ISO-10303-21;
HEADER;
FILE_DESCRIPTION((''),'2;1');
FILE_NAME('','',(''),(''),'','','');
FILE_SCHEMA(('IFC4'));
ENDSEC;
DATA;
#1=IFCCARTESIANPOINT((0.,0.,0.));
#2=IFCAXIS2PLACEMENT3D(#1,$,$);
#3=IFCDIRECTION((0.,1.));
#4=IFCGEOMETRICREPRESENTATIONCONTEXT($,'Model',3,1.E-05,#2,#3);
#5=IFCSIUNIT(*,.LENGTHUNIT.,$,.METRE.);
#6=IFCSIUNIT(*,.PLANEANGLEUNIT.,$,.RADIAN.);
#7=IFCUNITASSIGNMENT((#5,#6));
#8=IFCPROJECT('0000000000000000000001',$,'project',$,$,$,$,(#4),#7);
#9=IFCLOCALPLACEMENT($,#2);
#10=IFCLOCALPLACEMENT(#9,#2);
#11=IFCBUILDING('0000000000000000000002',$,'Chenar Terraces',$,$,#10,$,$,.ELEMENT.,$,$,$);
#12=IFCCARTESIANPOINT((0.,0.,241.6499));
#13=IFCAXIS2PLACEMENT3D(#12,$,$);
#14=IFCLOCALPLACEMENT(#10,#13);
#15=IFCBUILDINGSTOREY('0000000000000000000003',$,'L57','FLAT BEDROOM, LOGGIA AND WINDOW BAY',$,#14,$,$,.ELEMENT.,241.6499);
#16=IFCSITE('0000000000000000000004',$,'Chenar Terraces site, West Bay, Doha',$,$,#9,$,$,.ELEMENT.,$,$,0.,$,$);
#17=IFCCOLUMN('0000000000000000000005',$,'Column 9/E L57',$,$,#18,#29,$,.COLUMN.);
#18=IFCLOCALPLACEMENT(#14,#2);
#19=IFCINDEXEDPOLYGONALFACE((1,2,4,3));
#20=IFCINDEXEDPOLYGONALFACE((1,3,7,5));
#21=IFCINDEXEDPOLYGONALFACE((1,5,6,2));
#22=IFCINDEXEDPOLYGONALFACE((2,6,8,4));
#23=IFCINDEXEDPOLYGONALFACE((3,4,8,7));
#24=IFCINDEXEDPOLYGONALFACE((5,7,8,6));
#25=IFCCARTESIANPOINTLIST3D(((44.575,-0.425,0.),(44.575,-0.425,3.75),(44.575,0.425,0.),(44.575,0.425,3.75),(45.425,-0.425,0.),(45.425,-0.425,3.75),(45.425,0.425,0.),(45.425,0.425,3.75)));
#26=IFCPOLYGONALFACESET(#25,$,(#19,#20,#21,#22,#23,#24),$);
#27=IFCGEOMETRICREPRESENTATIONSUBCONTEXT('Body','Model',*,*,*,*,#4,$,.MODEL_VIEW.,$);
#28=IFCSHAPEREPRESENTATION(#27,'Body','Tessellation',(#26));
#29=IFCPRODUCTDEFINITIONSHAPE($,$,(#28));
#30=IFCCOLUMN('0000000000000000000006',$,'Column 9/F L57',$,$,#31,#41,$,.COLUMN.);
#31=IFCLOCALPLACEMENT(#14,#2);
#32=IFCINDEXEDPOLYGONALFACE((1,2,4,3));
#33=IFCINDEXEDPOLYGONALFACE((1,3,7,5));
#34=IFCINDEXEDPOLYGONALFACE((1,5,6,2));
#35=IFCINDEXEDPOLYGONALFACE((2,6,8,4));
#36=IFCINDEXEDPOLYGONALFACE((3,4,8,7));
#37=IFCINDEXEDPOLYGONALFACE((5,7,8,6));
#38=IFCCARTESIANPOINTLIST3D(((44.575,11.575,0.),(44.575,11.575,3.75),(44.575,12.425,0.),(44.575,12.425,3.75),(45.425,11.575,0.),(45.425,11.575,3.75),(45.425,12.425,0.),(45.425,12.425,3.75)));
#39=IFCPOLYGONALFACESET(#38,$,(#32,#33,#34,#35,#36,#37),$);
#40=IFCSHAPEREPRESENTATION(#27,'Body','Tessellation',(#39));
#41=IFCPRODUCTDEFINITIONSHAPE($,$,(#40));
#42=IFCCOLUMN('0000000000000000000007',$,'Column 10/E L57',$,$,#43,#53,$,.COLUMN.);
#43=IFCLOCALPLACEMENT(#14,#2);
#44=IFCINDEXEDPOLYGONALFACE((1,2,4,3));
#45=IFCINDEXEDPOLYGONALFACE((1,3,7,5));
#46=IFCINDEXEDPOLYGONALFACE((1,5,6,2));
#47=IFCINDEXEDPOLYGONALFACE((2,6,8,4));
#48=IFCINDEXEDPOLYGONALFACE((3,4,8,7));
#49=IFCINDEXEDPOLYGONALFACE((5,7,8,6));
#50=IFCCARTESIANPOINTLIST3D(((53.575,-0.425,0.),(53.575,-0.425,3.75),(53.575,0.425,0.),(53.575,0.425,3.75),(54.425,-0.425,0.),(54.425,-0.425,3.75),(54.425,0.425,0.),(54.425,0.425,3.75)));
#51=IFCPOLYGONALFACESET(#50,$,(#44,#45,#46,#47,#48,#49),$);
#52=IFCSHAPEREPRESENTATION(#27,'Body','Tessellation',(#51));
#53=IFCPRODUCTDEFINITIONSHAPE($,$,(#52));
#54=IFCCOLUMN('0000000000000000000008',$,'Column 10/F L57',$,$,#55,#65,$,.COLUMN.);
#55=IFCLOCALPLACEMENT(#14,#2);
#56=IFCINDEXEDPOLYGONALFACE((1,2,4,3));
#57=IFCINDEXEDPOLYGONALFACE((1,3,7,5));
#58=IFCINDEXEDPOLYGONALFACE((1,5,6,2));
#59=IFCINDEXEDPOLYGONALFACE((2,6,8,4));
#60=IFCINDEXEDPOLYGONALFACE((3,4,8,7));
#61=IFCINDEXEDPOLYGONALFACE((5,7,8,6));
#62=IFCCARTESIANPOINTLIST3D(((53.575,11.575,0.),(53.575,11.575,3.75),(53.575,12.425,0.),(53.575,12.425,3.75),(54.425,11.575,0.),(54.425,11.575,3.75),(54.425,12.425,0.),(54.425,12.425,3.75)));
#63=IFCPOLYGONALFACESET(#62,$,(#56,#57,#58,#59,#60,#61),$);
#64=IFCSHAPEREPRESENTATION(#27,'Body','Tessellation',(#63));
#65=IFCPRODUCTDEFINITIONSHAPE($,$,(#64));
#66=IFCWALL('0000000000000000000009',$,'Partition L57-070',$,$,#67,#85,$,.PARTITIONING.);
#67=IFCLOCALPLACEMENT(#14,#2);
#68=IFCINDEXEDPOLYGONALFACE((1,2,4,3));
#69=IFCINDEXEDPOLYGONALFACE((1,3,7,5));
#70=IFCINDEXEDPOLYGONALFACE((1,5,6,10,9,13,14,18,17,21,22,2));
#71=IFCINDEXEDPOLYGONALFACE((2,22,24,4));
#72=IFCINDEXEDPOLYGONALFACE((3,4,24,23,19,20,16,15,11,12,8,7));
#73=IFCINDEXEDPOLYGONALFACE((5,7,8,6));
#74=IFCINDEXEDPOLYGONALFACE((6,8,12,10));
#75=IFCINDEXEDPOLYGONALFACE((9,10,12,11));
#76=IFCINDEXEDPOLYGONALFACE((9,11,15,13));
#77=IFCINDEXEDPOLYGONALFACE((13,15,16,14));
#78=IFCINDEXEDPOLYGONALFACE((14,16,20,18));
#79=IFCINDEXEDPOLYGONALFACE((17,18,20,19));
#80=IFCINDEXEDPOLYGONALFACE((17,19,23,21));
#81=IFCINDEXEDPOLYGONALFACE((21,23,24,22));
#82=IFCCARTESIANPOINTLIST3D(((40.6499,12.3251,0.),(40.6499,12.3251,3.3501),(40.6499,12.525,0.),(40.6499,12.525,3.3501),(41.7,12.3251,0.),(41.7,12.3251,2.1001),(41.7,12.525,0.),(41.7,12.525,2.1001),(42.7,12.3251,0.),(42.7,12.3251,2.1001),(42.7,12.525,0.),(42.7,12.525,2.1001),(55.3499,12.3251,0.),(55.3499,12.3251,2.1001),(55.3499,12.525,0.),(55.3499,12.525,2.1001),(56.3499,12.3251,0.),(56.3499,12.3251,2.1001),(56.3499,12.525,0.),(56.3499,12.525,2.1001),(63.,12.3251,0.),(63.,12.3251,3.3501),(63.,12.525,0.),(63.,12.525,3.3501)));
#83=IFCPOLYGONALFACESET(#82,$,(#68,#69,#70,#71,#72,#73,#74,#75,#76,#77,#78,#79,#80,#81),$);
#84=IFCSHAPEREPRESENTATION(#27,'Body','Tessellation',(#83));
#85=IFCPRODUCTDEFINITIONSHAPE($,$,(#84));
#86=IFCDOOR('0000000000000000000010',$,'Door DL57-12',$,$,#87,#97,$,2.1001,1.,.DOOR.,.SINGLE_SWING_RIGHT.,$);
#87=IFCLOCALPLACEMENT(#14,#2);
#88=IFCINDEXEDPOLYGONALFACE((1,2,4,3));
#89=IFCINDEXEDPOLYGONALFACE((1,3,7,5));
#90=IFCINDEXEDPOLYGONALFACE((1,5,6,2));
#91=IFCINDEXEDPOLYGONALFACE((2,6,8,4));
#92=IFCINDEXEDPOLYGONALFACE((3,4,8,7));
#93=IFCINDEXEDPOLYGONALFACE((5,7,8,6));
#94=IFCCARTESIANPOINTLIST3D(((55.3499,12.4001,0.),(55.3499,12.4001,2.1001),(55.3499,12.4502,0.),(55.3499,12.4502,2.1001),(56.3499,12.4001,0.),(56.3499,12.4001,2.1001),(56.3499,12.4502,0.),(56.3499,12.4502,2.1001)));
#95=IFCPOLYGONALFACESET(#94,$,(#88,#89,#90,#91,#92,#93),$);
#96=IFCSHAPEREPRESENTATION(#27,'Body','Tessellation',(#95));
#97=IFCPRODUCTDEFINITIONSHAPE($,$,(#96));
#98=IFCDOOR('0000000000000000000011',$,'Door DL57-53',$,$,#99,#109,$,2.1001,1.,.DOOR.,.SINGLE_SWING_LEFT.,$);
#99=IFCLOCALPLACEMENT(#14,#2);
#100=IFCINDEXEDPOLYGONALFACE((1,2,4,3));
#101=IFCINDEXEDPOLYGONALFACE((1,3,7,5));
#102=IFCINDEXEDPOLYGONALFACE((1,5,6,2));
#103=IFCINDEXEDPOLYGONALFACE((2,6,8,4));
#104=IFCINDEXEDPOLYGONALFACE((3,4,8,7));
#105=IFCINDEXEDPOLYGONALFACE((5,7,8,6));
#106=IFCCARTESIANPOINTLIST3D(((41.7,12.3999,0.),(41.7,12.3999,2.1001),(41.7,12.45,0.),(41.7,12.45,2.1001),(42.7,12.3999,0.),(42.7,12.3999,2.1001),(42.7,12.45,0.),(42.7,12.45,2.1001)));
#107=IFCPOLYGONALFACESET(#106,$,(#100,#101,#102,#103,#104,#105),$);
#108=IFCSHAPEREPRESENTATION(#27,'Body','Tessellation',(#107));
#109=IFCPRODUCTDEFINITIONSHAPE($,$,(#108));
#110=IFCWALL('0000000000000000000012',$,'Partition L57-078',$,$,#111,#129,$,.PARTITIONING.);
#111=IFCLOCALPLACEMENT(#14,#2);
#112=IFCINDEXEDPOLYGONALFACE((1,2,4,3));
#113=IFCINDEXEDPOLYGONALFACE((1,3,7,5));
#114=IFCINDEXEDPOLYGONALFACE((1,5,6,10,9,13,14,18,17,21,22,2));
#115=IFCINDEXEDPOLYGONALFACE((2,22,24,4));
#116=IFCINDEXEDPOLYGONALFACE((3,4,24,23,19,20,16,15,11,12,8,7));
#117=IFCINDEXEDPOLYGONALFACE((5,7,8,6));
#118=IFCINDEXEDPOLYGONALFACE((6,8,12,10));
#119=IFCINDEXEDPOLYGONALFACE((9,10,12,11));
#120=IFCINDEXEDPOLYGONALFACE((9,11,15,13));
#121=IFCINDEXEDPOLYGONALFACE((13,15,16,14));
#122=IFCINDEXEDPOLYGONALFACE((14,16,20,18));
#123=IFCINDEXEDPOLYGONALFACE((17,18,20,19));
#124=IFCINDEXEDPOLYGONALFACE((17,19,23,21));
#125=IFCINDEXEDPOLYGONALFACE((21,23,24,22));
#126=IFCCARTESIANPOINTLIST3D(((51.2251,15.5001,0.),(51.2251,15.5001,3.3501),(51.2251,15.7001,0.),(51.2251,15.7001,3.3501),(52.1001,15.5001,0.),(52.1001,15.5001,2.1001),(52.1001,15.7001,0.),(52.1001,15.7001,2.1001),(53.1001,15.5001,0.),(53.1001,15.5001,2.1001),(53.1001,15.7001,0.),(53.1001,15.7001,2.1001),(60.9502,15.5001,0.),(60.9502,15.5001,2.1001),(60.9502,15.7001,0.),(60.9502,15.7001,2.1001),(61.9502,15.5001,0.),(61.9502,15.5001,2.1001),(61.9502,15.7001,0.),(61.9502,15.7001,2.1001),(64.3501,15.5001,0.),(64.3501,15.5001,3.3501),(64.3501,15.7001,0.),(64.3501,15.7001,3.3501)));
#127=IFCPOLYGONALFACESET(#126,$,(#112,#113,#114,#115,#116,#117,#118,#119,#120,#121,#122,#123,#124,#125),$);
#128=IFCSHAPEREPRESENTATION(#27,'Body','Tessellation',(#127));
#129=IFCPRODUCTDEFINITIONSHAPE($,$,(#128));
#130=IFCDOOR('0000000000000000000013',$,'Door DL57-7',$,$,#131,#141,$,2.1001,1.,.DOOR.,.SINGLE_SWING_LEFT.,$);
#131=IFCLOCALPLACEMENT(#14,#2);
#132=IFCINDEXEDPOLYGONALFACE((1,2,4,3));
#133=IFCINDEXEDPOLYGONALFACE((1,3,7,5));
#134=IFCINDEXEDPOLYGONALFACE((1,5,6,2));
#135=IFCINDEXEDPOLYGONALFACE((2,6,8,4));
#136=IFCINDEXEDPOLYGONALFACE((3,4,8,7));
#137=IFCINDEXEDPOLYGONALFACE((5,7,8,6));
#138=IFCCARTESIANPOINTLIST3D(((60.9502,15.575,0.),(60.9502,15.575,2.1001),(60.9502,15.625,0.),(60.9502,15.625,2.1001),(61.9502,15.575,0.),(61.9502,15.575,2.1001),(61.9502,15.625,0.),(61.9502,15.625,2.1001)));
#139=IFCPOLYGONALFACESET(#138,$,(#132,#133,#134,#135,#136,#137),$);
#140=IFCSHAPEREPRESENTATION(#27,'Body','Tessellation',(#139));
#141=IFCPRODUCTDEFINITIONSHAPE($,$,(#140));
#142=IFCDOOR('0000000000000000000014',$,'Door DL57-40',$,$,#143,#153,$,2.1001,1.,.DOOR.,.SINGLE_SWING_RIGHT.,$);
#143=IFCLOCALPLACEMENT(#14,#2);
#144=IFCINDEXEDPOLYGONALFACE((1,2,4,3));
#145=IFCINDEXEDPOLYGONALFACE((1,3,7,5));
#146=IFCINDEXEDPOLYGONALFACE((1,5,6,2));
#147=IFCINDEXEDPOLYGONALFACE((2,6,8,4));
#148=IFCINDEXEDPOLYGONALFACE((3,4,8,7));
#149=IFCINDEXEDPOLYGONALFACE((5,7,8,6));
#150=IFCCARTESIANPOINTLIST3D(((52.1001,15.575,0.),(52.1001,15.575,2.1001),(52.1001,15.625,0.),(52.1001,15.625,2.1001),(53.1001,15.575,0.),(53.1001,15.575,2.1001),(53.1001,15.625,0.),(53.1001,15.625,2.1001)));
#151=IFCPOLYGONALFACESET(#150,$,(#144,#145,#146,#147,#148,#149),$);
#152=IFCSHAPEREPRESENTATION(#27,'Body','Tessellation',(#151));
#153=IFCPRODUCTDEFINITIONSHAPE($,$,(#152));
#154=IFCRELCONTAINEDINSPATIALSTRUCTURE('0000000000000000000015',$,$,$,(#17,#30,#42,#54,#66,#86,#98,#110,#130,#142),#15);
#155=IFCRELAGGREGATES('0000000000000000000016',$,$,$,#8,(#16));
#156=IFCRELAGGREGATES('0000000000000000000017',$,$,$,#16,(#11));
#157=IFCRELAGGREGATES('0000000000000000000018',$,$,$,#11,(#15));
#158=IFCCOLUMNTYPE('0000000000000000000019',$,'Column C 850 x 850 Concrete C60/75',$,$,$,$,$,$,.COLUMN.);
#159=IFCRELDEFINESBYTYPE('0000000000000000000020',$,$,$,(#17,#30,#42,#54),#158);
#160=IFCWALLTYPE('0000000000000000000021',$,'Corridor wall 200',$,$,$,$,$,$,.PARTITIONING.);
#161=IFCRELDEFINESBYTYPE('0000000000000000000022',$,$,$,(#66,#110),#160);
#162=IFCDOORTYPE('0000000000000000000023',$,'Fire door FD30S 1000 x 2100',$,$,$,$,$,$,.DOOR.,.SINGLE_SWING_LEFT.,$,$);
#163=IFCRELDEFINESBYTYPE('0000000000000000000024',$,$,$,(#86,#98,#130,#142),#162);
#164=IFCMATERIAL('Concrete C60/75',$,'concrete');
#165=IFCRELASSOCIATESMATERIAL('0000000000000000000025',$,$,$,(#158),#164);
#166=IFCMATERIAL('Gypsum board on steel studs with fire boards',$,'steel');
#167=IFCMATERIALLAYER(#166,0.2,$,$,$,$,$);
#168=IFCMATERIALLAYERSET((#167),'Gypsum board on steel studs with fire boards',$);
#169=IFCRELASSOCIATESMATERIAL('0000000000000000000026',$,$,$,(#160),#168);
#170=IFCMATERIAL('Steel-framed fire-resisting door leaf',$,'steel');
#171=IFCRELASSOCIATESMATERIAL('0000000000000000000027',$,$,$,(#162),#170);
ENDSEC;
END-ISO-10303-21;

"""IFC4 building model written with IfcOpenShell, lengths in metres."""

from ifc_helpers import new_model, si_unit, direction, frame, frame_2d, origin, origin_2d, place, context, subcontext, project, spatial, rectangle, extrude, material, layer, layer_set, material_profile, profile_set, type_object, element, fill, save


model = new_model("IFC4")

# Units and contexts
model_context = context("Model", 3, precision=1e-05, world=origin(), true_north=direction((0.0, 1.0)))
body_context = subcontext(model_context, "Body", "Model", "MODEL_VIEW")
ifc_project = project(units=[si_unit("LENGTHUNIT", "METRE"), si_unit("PLANEANGLEUNIT", "RADIAN")], contexts=[model_context])

# Site, building, storey
site_placement = place(None, origin())
site = spatial("IfcSite", under=ifc_project, at=site_placement, Name="Chenar Terraces site, West Bay, Doha", CompositionType="ELEMENT", RefElevation=0.0)
building_placement = place(site_placement, origin())
building = spatial("IfcBuilding", under=site, at=building_placement, Name="Chenar Terraces", CompositionType="ELEMENT")
storey_placement = place(building_placement, frame((0.0, 0.0, 241.6499)))
storey = spatial("IfcBuildingStorey", under=building, at=storey_placement, Name="L57", Description="FLAT BEDROOM, LOGGIA AND WINDOW BAY", CompositionType="ELEMENT", Elevation=241.6499)

# Columns
ifc_material_1 = material(Name="Concrete C60/75", Category="concrete")
ifc_material_profile = material_profile(ifc_material_1, rectangle(XDim=0.8501, YDim=0.8501, at=origin_2d()), Name="C 850 x 850")
ifc_profile_set = profile_set([ifc_material_profile], Name="Concrete C60/75")
column_type = type_object("IfcColumnType", Name="Column C 850 x 850 Concrete C60/75", PredefinedType="COLUMN", material=ifc_profile_set)
for number, where, z_axis, x_axis, name in (
    (1, (45.0, 0.0, 0.0), (0.0, 0.0, 1.0), (1.0, 0.0, 0.0), "Column 9/E L57"),
    (2, (45.0, 12.0, 0.0), (0.0, 0.0, 1.0), (1.0, 0.0, 0.0), "Column 9/F L57"),
    (3, (54.0, 0.0, 0.0), (0.0, 0.0, 1.0), (1.0, 0.0, 0.0), "Column 10/E L57"),
    (4, (54.0, 12.0, 0.0), (0.0, 0.0, 1.0), (1.0, 0.0, 0.0), "Column 10/F L57"),
):
    element("IfcColumn", number, at=place(storey_placement, frame(where, z_axis=z_axis, x_axis=x_axis)), inside=storey, type_object=column_type, Name=name, PredefinedType="COLUMN", context=body_context, shape_type="SweptSolid", body=[
        extrude(rectangle(XDim=0.8501, YDim=0.8501, at=origin_2d()), origin(), (0.0, 0.0, 1.0), 3.75),
    ])

# Walls, openings, doors
ifc_material_2 = material(Name="Gypsum board on steel studs with fire boards", Category="steel")
ifc_layer_1 = layer(ifc_material_2, 0.2)
ifc_layer_set_1 = layer_set([ifc_layer_1], Name="Gypsum board on steel studs with fire boards")
wall_type_1 = type_object("IfcWallType", Name="Corridor wall 200", PredefinedType="PARTITIONING", material=ifc_layer_set_1)
wall_1_placement = place(storey_placement, frame((40.6499, 12.425, 0.0), z_axis=(0.0, 0.0, 1.0), x_axis=(1.0, 0.0, 0.0)))
wall_1 = element("IfcWall", 5, at=wall_1_placement, inside=storey, type_object=wall_type_1, Name="Partition L57-070", PredefinedType="PARTITIONING", context=body_context, shape_type="SweptSolid", body=[
    extrude(rectangle(XDim=22.3501, YDim=0.2, at=frame_2d((11.175, 0.0))), origin(), (0.0, 0.0, 1.0), 3.3501),
])
opening_1_placement = place(wall_1_placement, frame((14.7, 0.0, 0.0)))
opening_1 = element("IfcOpeningElement", 6, at=opening_1_placement, cuts=wall_1, PredefinedType="OPENING", context=body_context, shape_type="SweptSolid", body=[
    extrude(rectangle(XDim=1.0, YDim=2.1001, at=frame_2d((0.5, 1.05))), frame((0.0, 0.1099, 0.0), z_axis=(0.0, -1.0, 0.0), x_axis=(1.0, 0.0, 0.0)), (0.0, 0.0, 1.0), 0.22),
])
opening_2_placement = place(wall_1_placement, frame((1.05, 0.0, 0.0)))
opening_2 = element("IfcOpeningElement", 7, at=opening_2_placement, cuts=wall_1, PredefinedType="OPENING", context=body_context, shape_type="SweptSolid", body=[
    extrude(rectangle(XDim=1.0, YDim=2.1001, at=frame_2d((0.5, 1.05))), frame((0.0, 0.1099, 0.0), z_axis=(0.0, -1.0, 0.0), x_axis=(1.0, 0.0, 0.0)), (0.0, 0.0, 1.0), 0.22),
])
ifc_material_3 = material(Name="Steel-framed fire-resisting door leaf", Category="steel")
door_type_1 = type_object("IfcDoorType", Name="Fire door FD30S 1000 x 2100", OperationType="SINGLE_SWING_LEFT", PredefinedType="DOOR", material=ifc_material_3)
door_1_placement = place(opening_1_placement, frame((1.0, 0.0, 0.0), z_axis=(0.0, 0.0, 1.0), x_axis=(-1.0, 0.0, 0.0)))
door_1 = element("IfcDoor", 8, at=door_1_placement, inside=storey, type_object=door_type_1, Name="Door DL57-12", OperationType="SINGLE_SWING_RIGHT", OverallHeight=2.1001, OverallWidth=1.0, PredefinedType="DOOR", context=body_context, shape_type="SweptSolid", body=[
    extrude(rectangle(XDim=1.0, YDim=2.1001, at=frame_2d((0.5, 1.05))), frame((0.0, 0.0249, 0.0), z_axis=(0.0, -1.0, 0.0), x_axis=(1.0, 0.0, 0.0)), (0.0, 0.0, 1.0), 0.05),
])
fill(opening_1, door_1)
door_2_placement = place(opening_2_placement, origin())
door_2 = element("IfcDoor", 9, at=door_2_placement, inside=storey, type_object=door_type_1, Name="Door DL57-53", OperationType="SINGLE_SWING_LEFT", OverallHeight=2.1001, OverallWidth=1.0, PredefinedType="DOOR", context=body_context, shape_type="SweptSolid", body=[
    extrude(rectangle(XDim=1.0, YDim=2.1001, at=frame_2d((0.5, 1.05))), frame((0.0, 0.0249, 0.0), z_axis=(0.0, -1.0, 0.0), x_axis=(1.0, 0.0, 0.0)), (0.0, 0.0, 1.0), 0.05),
])
fill(opening_2, door_2)
wall_2_placement = place(storey_placement, frame((51.2251, 15.6001, 0.0), z_axis=(0.0, 0.0, 1.0), x_axis=(1.0, 0.0, 0.0)))
wall_2 = element("IfcWall", 10, at=wall_2_placement, inside=storey, type_object=wall_type_1, Name="Partition L57-078", PredefinedType="PARTITIONING", context=body_context, shape_type="SweptSolid", body=[
    extrude(rectangle(XDim=13.125, YDim=0.2, at=frame_2d((6.5625, 0.0))), origin(), (0.0, 0.0, 1.0), 3.3501),
])
opening_3_placement = place(wall_2_placement, frame((9.7251, 0.0, 0.0)))
opening_3 = element("IfcOpeningElement", 11, at=opening_3_placement, cuts=wall_2, PredefinedType="OPENING", context=body_context, shape_type="SweptSolid", body=[
    extrude(rectangle(XDim=1.0, YDim=2.1001, at=frame_2d((0.5, 1.05))), frame((0.0, 0.1099, 0.0), z_axis=(0.0, -1.0, 0.0), x_axis=(1.0, 0.0, 0.0)), (0.0, 0.0, 1.0), 0.22),
])
opening_4_placement = place(wall_2_placement, frame((0.875, 0.0, 0.0)))
opening_4 = element("IfcOpeningElement", 12, at=opening_4_placement, cuts=wall_2, PredefinedType="OPENING", context=body_context, shape_type="SweptSolid", body=[
    extrude(rectangle(XDim=1.0, YDim=2.1001, at=frame_2d((0.5, 1.05))), frame((0.0, 0.1099, 0.0), z_axis=(0.0, -1.0, 0.0), x_axis=(1.0, 0.0, 0.0)), (0.0, 0.0, 1.0), 0.22),
])
door_3_placement = place(opening_3_placement, origin())
door_3 = element("IfcDoor", 13, at=door_3_placement, inside=storey, type_object=door_type_1, Name="Door DL57-7", OperationType="SINGLE_SWING_LEFT", OverallHeight=2.1001, OverallWidth=1.0, PredefinedType="DOOR", context=body_context, shape_type="SweptSolid", body=[
    extrude(rectangle(XDim=1.0, YDim=2.1001, at=frame_2d((0.5, 1.05))), frame((0.0, 0.0249, 0.0), z_axis=(0.0, -1.0, 0.0), x_axis=(1.0, 0.0, 0.0)), (0.0, 0.0, 1.0), 0.05),
])
fill(opening_3, door_3)
door_4_placement = place(opening_4_placement, origin())
door_4 = element("IfcDoor", 14, at=door_4_placement, inside=storey, type_object=door_type_1, Name="Door DL57-40", OperationType="SINGLE_SWING_RIGHT", OverallHeight=2.1001, OverallWidth=1.0, PredefinedType="DOOR", context=body_context, shape_type="SweptSolid", body=[
    extrude(rectangle(XDim=1.0, YDim=2.1001, at=frame_2d((0.5, 1.05))), frame((0.0, 0.0249, 0.0), z_axis=(0.0, -1.0, 0.0), x_axis=(1.0, 0.0, 0.0)), (0.0, 0.0, 1.0), 0.05),
])
fill(opening_4, door_4)

save(model, "model.ifc")
